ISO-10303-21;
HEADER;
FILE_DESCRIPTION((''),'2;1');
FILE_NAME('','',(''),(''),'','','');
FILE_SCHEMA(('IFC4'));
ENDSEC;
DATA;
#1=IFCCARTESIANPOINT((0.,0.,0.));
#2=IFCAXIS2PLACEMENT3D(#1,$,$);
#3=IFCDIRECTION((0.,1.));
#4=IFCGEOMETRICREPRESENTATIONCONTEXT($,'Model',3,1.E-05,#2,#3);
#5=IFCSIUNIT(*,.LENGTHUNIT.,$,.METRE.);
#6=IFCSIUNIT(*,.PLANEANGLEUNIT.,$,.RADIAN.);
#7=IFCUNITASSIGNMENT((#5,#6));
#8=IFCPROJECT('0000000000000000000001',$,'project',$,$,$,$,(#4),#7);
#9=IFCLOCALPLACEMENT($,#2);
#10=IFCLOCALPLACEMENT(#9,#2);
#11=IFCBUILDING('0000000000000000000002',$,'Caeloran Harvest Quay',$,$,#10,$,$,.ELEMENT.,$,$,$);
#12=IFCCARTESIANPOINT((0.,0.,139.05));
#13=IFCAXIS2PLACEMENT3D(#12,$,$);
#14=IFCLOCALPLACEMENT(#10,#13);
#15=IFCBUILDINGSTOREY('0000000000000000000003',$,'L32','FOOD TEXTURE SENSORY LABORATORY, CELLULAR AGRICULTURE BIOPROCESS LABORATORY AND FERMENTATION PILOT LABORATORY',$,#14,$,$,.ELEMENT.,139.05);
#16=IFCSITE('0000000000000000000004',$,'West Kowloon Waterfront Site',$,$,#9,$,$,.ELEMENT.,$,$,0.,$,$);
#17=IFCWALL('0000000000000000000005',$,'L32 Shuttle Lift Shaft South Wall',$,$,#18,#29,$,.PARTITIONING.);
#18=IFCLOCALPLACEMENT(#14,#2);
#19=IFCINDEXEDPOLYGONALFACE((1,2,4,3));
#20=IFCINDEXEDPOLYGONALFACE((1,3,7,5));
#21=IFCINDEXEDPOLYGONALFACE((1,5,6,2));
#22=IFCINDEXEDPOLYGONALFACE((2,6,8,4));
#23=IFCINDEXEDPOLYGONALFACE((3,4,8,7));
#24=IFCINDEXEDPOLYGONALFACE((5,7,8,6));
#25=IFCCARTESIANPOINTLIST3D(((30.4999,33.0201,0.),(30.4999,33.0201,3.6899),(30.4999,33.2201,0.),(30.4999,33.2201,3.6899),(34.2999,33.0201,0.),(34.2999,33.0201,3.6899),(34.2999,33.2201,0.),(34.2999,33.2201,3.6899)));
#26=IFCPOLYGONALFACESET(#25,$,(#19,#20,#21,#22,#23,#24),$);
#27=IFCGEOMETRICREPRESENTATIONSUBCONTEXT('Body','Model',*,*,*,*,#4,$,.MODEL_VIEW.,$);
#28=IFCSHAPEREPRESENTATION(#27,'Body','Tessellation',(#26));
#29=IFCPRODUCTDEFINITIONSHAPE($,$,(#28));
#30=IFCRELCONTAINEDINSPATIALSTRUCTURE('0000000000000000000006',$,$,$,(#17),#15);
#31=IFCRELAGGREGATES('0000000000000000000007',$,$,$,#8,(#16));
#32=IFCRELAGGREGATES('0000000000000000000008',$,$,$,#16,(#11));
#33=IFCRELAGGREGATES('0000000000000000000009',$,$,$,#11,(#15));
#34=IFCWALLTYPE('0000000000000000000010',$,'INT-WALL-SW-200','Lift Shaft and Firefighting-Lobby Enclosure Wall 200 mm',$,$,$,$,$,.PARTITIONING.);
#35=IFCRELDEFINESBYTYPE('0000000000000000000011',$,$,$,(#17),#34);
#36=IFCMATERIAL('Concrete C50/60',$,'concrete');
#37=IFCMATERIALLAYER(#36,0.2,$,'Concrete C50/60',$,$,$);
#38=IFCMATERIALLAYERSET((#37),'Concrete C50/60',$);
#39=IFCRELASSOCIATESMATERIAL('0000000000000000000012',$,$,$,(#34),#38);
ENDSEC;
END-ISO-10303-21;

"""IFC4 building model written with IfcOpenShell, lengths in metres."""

from ifc_helpers import new_model, si_unit, direction, frame, frame_2d, origin, place, context, subcontext, project, spatial, rectangle, extrude, material, layer, layer_set, type_object, element, save


model = new_model("IFC4")

# Units and contexts
model_context = context("Model", 3, precision=1e-05, world=origin(), true_north=direction((0.0, 1.0)))
body_context = subcontext(model_context, "Body", "Model", "MODEL_VIEW")
ifc_project = project(units=[si_unit("LENGTHUNIT", "METRE"), si_unit("PLANEANGLEUNIT", "RADIAN")], contexts=[model_context])

# Site, building, storey
site_placement = place(None, origin())
site = spatial("IfcSite", under=ifc_project, at=site_placement, Name="West Kowloon Waterfront Site", CompositionType="ELEMENT", RefElevation=0.0)
building_placement = place(site_placement, origin())
building = spatial("IfcBuilding", under=site, at=building_placement, Name="Caeloran Harvest Quay", CompositionType="ELEMENT")
storey_placement = place(building_placement, frame((0.0, 0.0, 139.05)))
storey = spatial("IfcBuildingStorey", under=building, at=storey_placement, Name="L32", Description="FOOD TEXTURE SENSORY LABORATORY, CELLULAR AGRICULTURE BIOPROCESS LABORATORY AND FERMENTATION PILOT LABORATORY", CompositionType="ELEMENT", Elevation=139.05)

# Shared definitions
ifc_material_1 = material(Name="Concrete C50/60", Category="concrete")
ifc_layer_1 = layer(ifc_material_1, 0.2, Name="Concrete C50/60")
ifc_layer_set_1 = layer_set([ifc_layer_1], Name="Concrete C50/60")
wall_type_1 = type_object("IfcWallType", Name="INT-WALL-SW-200", Description="Lift Shaft and Firefighting-Lobby Enclosure Wall 200 mm", PredefinedType="PARTITIONING", material=ifc_layer_set_1)

# Wall
for number, where, z_axis, x_axis, name in (
    (1, (30.5, 33.1201, 0.0), (0.0, 0.0, 1.0), (1.0, 0.0, 0.0), "L32 Shuttle Lift Shaft South Wall"),
):
    element("IfcWall", number, at=place(storey_placement, frame(where, z_axis=z_axis, x_axis=x_axis)), inside=storey, type_object=wall_type_1, Name=name, PredefinedType="PARTITIONING", context=body_context, shape_type="SweptSolid", body=[
        extrude(rectangle(XDim=3.8, YDim=0.2, at=frame_2d((1.8999, 0.0))), origin(), (0.0, 0.0, 1.0), 3.6899),
    ])

save(model, "model.ifc")
